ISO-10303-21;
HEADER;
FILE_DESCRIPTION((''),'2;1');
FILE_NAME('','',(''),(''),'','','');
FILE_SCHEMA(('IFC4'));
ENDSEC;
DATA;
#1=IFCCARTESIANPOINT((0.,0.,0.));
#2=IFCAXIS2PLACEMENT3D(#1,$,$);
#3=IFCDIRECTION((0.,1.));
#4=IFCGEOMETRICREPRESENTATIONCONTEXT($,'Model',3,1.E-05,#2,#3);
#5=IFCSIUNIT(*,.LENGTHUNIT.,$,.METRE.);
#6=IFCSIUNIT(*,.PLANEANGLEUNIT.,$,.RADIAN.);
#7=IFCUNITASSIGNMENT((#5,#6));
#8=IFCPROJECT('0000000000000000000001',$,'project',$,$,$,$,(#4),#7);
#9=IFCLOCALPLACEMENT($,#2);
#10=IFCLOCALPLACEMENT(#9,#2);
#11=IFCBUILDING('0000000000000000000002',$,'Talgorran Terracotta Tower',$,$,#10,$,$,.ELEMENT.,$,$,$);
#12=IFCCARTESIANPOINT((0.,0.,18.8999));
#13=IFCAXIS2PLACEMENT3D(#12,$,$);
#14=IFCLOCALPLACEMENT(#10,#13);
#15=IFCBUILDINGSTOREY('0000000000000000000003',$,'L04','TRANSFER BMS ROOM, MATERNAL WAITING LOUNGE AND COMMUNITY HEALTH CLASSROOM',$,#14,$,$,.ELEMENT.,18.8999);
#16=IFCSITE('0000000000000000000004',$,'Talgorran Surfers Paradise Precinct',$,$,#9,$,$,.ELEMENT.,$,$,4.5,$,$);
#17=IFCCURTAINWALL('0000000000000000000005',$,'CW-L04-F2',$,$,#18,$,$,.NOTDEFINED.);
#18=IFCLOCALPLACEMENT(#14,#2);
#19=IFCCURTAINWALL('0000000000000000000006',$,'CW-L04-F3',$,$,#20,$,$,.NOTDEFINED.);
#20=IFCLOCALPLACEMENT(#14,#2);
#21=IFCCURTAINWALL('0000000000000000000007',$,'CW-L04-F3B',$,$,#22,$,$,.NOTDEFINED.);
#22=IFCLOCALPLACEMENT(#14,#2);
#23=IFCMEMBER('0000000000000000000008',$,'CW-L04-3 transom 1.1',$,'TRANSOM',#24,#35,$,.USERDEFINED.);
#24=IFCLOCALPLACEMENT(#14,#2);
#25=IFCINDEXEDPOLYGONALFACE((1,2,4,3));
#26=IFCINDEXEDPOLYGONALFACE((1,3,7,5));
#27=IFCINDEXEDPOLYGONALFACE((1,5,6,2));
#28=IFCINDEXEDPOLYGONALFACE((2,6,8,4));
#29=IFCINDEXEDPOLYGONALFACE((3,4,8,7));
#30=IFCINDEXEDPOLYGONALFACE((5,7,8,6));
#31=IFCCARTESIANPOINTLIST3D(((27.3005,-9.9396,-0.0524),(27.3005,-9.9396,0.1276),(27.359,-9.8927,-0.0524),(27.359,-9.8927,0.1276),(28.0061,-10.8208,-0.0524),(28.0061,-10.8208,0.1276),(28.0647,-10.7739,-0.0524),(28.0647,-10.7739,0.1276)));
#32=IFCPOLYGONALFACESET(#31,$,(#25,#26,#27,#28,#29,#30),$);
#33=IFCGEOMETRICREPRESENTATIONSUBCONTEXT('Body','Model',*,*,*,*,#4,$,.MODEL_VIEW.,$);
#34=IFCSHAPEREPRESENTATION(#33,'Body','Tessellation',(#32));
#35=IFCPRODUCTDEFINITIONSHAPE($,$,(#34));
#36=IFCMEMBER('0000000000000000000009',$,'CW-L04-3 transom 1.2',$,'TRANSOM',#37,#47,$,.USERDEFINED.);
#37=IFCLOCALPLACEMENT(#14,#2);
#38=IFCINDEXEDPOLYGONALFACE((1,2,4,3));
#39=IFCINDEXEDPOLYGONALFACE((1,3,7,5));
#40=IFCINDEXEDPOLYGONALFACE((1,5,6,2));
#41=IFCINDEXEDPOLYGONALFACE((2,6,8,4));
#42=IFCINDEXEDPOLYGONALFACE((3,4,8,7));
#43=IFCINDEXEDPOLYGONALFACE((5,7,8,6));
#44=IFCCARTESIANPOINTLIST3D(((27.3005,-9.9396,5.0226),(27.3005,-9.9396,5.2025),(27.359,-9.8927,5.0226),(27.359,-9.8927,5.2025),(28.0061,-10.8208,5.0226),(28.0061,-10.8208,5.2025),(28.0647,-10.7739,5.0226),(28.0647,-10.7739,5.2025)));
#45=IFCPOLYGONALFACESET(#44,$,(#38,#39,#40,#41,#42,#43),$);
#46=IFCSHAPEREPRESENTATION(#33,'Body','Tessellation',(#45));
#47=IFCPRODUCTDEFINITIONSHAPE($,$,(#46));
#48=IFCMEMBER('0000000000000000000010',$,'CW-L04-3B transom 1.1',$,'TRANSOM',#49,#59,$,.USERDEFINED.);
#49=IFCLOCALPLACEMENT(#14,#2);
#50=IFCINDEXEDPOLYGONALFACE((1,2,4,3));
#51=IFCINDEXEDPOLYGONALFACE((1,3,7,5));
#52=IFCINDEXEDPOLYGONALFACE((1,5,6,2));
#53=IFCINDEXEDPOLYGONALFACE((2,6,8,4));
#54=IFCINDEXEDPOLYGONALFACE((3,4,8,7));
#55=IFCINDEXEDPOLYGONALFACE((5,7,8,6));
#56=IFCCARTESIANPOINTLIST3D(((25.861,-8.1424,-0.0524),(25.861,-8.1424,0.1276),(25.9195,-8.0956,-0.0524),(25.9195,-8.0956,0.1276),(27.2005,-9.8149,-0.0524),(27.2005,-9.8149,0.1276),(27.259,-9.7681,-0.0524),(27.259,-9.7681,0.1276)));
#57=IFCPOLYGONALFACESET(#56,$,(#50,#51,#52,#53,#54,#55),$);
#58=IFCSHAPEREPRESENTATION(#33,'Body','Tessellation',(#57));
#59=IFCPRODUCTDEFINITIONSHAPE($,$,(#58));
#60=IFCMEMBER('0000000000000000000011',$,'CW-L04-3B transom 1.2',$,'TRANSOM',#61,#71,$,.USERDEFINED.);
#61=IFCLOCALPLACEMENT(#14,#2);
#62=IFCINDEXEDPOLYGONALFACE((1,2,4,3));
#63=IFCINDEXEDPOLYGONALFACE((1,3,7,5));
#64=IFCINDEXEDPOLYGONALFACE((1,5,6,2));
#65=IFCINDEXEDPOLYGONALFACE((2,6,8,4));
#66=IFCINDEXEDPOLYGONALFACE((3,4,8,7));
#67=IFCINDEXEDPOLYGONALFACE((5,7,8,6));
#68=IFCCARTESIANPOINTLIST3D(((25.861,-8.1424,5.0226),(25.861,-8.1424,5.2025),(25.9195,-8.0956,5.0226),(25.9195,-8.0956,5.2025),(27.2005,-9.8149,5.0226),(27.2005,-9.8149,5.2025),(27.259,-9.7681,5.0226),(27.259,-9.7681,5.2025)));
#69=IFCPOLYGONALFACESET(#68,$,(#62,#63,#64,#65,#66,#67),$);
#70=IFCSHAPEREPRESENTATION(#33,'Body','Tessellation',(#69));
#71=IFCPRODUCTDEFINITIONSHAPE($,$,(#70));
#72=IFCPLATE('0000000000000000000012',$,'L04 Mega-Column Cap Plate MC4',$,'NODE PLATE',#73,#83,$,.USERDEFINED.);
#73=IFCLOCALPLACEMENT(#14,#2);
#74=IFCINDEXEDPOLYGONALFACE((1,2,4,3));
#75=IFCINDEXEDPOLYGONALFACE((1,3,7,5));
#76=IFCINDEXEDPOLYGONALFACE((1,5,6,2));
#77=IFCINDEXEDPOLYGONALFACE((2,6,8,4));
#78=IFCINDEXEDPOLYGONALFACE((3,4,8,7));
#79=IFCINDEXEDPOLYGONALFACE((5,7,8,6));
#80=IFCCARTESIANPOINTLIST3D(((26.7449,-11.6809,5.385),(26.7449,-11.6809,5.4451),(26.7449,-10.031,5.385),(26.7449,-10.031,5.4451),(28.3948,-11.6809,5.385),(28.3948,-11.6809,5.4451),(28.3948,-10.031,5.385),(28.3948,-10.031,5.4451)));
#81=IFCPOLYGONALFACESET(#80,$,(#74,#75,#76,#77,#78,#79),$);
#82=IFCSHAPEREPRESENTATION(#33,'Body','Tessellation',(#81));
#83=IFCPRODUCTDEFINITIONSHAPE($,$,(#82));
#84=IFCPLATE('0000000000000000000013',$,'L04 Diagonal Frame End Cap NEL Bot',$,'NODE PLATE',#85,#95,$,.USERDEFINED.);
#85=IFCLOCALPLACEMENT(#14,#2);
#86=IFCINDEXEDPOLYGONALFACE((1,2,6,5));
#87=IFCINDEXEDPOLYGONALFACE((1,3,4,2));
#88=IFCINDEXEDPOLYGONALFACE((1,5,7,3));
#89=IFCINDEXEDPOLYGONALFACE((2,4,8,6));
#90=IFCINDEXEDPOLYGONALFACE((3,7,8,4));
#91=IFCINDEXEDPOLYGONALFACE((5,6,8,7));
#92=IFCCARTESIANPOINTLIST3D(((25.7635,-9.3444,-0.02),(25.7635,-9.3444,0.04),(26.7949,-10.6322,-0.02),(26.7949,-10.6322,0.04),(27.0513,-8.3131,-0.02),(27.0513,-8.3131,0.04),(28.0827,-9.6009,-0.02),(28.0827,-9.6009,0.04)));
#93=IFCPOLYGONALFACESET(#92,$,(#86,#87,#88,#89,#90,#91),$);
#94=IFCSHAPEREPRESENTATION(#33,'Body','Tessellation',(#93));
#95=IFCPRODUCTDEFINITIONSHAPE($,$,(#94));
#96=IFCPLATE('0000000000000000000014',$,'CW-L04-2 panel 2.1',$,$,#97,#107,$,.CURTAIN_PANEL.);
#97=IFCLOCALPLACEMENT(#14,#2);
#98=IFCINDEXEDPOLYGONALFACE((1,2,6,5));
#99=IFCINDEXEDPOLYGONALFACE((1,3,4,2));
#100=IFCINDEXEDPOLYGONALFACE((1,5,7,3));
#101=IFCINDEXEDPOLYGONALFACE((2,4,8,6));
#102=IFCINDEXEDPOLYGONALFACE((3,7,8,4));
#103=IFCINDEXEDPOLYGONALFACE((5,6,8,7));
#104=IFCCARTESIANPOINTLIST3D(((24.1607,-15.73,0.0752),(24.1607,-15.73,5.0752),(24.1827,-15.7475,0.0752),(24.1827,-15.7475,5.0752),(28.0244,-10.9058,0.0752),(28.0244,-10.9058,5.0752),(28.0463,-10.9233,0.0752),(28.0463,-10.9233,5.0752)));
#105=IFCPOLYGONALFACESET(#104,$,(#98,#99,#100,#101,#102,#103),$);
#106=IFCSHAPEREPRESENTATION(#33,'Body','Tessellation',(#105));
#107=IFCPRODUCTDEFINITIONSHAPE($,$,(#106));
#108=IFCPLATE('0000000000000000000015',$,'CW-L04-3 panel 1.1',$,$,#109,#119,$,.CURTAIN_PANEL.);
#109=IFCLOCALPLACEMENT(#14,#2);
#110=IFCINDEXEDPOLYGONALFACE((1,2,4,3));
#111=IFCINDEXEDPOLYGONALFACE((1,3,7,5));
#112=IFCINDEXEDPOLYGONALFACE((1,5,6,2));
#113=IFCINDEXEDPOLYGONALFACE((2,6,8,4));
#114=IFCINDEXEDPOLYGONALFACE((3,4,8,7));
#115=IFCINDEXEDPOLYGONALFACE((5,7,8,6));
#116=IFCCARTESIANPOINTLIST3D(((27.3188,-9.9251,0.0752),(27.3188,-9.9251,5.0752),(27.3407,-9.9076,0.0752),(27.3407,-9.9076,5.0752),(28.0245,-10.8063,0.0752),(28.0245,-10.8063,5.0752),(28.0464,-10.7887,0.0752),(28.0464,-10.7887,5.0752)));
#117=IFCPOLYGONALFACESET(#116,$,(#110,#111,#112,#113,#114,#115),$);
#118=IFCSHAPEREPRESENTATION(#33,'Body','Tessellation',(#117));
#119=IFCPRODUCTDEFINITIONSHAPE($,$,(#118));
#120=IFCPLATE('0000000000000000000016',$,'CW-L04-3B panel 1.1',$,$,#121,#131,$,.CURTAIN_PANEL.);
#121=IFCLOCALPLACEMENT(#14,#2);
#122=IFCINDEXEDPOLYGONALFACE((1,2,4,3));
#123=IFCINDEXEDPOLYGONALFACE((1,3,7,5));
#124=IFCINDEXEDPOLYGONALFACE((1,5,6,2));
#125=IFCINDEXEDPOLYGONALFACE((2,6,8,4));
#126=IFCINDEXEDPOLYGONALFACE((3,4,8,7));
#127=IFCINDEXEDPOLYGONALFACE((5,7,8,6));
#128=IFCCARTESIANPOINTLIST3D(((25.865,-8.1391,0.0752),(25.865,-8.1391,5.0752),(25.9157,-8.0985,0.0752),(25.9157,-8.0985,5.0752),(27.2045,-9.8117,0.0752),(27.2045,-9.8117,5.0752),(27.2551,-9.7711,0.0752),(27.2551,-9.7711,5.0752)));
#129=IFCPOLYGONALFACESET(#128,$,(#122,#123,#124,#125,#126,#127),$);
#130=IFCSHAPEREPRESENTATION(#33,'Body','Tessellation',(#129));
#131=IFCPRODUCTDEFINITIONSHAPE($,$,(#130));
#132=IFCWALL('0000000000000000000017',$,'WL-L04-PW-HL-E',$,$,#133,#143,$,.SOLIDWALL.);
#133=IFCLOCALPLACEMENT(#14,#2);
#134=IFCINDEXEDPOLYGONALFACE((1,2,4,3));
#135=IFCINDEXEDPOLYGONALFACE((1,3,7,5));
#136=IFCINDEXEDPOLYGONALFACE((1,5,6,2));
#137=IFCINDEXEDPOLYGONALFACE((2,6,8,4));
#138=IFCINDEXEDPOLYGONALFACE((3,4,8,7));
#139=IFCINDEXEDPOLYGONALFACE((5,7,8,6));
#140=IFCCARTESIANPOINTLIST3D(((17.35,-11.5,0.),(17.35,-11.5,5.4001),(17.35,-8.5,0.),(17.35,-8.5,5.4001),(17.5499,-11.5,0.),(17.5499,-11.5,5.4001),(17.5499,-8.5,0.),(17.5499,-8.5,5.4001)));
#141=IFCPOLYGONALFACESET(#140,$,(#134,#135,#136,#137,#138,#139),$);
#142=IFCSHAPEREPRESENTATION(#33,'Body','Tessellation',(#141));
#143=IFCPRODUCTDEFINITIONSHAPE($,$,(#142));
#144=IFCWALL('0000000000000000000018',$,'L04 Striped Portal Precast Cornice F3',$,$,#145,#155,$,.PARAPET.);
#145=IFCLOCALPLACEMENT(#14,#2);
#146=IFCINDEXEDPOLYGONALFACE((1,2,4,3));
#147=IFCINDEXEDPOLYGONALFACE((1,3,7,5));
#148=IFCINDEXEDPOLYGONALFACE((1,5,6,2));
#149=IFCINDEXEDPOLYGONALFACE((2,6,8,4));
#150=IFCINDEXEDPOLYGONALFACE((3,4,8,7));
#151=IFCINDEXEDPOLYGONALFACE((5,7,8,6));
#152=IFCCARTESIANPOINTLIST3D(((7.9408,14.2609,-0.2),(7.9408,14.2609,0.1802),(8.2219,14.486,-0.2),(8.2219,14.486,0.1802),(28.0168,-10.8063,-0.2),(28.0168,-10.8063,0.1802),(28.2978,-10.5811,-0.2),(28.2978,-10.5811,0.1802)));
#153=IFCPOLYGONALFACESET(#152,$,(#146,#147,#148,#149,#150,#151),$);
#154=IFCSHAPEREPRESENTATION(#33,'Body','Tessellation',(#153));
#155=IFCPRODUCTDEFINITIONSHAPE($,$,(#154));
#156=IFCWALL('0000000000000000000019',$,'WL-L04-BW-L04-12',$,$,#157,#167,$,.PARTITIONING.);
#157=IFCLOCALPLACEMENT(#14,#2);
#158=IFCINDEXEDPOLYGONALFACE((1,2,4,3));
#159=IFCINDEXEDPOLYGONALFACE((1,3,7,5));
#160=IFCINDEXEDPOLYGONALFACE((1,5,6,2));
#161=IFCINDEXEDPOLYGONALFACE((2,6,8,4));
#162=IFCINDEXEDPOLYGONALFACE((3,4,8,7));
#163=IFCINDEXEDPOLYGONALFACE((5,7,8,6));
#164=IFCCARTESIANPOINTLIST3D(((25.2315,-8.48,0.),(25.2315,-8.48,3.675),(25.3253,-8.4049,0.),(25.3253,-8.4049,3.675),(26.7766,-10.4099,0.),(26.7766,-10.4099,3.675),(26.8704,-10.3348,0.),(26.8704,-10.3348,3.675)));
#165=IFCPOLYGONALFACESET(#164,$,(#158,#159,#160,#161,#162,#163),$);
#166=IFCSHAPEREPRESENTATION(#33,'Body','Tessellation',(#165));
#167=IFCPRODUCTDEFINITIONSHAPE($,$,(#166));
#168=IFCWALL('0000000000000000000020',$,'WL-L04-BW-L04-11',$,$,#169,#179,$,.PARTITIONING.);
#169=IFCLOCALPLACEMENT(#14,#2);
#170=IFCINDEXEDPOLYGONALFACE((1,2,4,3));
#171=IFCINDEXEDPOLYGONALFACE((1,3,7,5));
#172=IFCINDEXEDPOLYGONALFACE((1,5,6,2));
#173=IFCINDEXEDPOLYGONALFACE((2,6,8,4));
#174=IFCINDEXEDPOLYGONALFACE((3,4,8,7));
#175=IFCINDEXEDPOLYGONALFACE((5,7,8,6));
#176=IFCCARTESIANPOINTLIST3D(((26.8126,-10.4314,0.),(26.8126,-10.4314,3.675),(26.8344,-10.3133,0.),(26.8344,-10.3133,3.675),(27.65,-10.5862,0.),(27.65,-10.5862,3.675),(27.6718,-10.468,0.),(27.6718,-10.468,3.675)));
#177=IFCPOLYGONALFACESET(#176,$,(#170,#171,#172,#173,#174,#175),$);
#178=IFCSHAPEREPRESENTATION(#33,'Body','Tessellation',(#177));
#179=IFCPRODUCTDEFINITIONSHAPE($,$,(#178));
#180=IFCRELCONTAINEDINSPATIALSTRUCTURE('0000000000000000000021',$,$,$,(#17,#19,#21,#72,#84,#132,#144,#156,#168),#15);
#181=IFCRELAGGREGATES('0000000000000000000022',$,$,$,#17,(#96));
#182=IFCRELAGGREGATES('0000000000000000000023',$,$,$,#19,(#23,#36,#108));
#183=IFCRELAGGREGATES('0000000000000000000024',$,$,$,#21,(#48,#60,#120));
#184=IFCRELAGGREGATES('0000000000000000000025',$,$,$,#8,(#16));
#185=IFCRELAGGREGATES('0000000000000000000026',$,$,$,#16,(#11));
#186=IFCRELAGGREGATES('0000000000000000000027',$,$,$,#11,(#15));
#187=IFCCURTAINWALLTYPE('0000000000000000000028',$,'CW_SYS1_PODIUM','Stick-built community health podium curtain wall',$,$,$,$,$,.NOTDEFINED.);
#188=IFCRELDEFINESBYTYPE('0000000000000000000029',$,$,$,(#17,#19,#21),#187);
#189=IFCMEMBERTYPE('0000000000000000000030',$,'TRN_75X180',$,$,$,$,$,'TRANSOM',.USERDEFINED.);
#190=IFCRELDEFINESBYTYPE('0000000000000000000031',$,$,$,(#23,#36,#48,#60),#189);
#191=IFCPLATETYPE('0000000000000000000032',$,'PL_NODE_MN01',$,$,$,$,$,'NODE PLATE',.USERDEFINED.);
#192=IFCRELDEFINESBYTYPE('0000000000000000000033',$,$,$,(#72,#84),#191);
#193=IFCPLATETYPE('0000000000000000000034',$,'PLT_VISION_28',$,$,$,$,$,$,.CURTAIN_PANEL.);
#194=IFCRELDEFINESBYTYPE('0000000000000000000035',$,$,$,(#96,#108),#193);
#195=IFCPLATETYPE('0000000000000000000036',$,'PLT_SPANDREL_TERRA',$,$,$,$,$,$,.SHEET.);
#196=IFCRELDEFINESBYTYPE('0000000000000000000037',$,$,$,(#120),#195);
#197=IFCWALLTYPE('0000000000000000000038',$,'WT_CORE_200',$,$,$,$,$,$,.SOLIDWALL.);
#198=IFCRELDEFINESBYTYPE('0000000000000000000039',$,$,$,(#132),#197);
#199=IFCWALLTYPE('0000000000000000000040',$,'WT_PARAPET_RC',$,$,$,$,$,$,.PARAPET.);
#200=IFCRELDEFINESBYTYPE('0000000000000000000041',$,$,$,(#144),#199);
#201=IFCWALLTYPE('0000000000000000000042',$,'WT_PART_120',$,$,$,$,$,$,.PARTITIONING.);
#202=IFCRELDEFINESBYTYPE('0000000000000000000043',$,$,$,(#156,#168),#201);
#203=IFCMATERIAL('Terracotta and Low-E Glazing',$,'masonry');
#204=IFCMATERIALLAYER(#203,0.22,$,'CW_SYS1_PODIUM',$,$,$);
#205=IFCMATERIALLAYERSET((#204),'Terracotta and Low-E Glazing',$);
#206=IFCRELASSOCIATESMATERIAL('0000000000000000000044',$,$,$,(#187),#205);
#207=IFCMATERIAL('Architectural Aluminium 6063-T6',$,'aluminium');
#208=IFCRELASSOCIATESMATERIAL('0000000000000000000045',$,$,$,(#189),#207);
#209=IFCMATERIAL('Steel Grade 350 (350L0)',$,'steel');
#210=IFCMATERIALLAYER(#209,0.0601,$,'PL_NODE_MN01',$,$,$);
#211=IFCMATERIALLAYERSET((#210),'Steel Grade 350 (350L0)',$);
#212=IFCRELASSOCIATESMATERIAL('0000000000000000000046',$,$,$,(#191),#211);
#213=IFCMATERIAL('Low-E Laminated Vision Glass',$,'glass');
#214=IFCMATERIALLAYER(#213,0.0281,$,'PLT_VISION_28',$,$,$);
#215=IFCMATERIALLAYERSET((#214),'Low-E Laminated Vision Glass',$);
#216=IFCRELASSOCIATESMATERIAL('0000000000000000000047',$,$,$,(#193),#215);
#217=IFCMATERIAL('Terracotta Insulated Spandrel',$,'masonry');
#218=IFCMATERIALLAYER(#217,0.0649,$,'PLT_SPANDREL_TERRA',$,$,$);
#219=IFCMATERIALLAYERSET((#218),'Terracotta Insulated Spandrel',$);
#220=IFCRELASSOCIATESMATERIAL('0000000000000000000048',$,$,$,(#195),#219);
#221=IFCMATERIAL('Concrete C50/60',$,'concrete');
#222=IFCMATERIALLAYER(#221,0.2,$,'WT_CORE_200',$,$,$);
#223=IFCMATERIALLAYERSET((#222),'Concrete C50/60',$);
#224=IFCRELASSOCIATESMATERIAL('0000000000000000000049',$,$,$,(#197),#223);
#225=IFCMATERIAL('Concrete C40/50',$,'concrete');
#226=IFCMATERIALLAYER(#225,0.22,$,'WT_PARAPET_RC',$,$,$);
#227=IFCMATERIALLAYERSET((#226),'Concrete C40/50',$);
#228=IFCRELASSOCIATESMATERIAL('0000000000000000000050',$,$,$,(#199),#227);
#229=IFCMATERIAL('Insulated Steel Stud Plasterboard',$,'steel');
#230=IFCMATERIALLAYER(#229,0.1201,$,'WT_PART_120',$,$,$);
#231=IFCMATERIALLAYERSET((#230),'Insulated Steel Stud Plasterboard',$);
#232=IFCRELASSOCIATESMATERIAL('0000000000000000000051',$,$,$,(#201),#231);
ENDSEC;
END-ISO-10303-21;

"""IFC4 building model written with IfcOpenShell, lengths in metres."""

from ifc_helpers import new_model, si_unit, direction, frame, frame_2d, origin, origin_2d, place, context, subcontext, project, spatial, rectangle, extrude, source, transform, mapped, material, layer, layer_set, material_profile, profile_set, type_object, type_shapes, element, aggregate, save


model = new_model("IFC4")

# Units and contexts
model_context = context("Model", 3, precision=1e-05, world=origin(), true_north=direction((0.0, 1.0)))
body_context = subcontext(model_context, "Body", "Model", "MODEL_VIEW")
ifc_project = project(units=[si_unit("LENGTHUNIT", "METRE"), si_unit("PLANEANGLEUNIT", "RADIAN")], contexts=[model_context])

# Site, building, storey
site_placement = place(None, origin())
site = spatial("IfcSite", under=ifc_project, at=site_placement, Name="Talgorran Surfers Paradise Precinct", CompositionType="ELEMENT", RefElevation=4.5)
building_placement = place(site_placement, origin())
building = spatial("IfcBuilding", under=site, at=building_placement, Name="Talgorran Terracotta Tower", CompositionType="ELEMENT")
storey_placement = place(building_placement, frame((0.0, 0.0, 18.8999)))
storey = spatial("IfcBuildingStorey", under=building, at=storey_placement, Name="L04", Description="TRANSFER BMS ROOM, MATERNAL WAITING LOUNGE AND COMMUNITY HEALTH CLASSROOM", CompositionType="ELEMENT", Elevation=18.8999)

# Shared definitions
ifc_material_1 = material(Name="Steel Grade 350 (350L0)", Category="steel")

# Curtain wall
ifc_material_2 = material(Name="Terracotta and Low-E Glazing", Category="masonry")
ifc_layer_1 = layer(ifc_material_2, 0.22, Name="CW_SYS1_PODIUM")
ifc_layer_set_1 = layer_set([ifc_layer_1], Name="Terracotta and Low-E Glazing")
curtain_wall_type = type_object("IfcCurtainWallType", Name="CW_SYS1_PODIUM", Description="Stick-built community health podium curtain wall", PredefinedType="NOTDEFINED", material=ifc_layer_set_1)
curtain_wall_1_placement = place(storey_placement, origin())
curtain_wall_1 = element("IfcCurtainWall", 1, at=curtain_wall_1_placement, inside=storey, type_object=curtain_wall_type, Name="CW-L04-F2", PredefinedType="NOTDEFINED")
ifc_material_3 = material(Name="Architectural Aluminium 6063-T6", Category="aluminium")

# Curtain wall
curtain_wall_2_placement = place(storey_placement, origin())
curtain_wall_2 = element("IfcCurtainWall", 2, at=curtain_wall_2_placement, inside=storey, type_object=curtain_wall_type, Name="CW-L04-F3", PredefinedType="NOTDEFINED")

# Curtain wall
curtain_wall_3_placement = place(storey_placement, origin())
curtain_wall_3 = element("IfcCurtainWall", 3, at=curtain_wall_3_placement, inside=storey, type_object=curtain_wall_type, Name="CW-L04-F3B", PredefinedType="NOTDEFINED")

# Members
ifc_material_profile_1 = material_profile(ifc_material_3, rectangle(XDim=0.075, YDim=0.1799, at=origin_2d()), Name="CWT75X180")
ifc_profile_set_1 = profile_set([ifc_material_profile_1], Name="Architectural Aluminium 6063-T6")
member_type_1 = type_object("IfcMemberType", Name="TRN_75X180", ElementType="TRANSOM", PredefinedType="USERDEFINED", material=ifc_profile_set_1)
member_1_placement = place(storey_placement, frame((28.0354, -10.7974, 0.0376), z_axis=(-0.625064, 0.780573, 0.0), x_axis=(-0.780573, -0.625064, 0.0)))
member_1 = element("IfcMember", 4, at=member_1_placement, type_object=member_type_1, Name="CW-L04-3 transom 1.1", ObjectType="TRANSOM", PredefinedType="USERDEFINED", context=body_context, shape_type="SweptSolid", body=[
    extrude(rectangle(XDim=0.075, YDim=0.1799, at=origin_2d()), origin(), (0.0, 0.0, 1.0), 1.1289),
])
member_2_placement = place(storey_placement, frame((28.0354, -10.7974, 5.1125), z_axis=(-0.625064, 0.780573, 0.0), x_axis=(-0.780573, -0.625064, 0.0)))
member_2 = element("IfcMember", 5, at=member_2_placement, type_object=member_type_1, Name="CW-L04-3 transom 1.2", ObjectType="TRANSOM", PredefinedType="USERDEFINED", context=body_context, shape_type="SweptSolid", body=[
    extrude(rectangle(XDim=0.075, YDim=0.1799, at=origin_2d()), origin(), (0.0, 0.0, 1.0), 1.1289),
])
member_3_placement = place(storey_placement, frame((27.2297, -9.7915, 0.0376), z_axis=(-0.625126, 0.780524, 0.0), x_axis=(-0.780524, -0.625126, 0.0)))
member_3 = element("IfcMember", 6, at=member_3_placement, type_object=member_type_1, Name="CW-L04-3B transom 1.1", ObjectType="TRANSOM", PredefinedType="USERDEFINED", context=body_context, shape_type="SweptSolid", body=[
    extrude(rectangle(XDim=0.075, YDim=0.1799, at=origin_2d()), origin(), (0.0, 0.0, 1.0), 2.1428),
])
member_4_placement = place(storey_placement, frame((27.2297, -9.7915, 5.1125), z_axis=(-0.625126, 0.780524, 0.0), x_axis=(-0.780524, -0.625126, 0.0)))
member_4 = element("IfcMember", 7, at=member_4_placement, type_object=member_type_1, Name="CW-L04-3B transom 1.2", ObjectType="TRANSOM", PredefinedType="USERDEFINED", context=body_context, shape_type="SweptSolid", body=[
    extrude(rectangle(XDim=0.075, YDim=0.1799, at=origin_2d()), origin(), (0.0, 0.0, 1.0), 2.1428),
])

# Plates
ifc_layer_2 = layer(ifc_material_1, 0.0601, Name="PL_NODE_MN01")
ifc_layer_set_2 = layer_set([ifc_layer_2], Name="Steel Grade 350 (350L0)")
plate_type_1 = type_object("IfcPlateType", Name="PL_NODE_MN01", ElementType="NODE PLATE", PredefinedType="USERDEFINED", material=ifc_layer_set_2)
for number, where, z_axis, x_axis, name in (
    (8, (27.5698, -10.856, 5.385), (0.0, 0.0, 1.0), (1.0, 0.0, 0.0), "L04 Mega-Column Cap Plate MC4"),
    (9, (26.9231, -9.4727, -0.02), (0.0, 0.0, 1.0), (-0.625106, 0.78054, 0.0), "L04 Diagonal Frame End Cap NEL Bot"),
):
    element("IfcPlate", number, at=place(storey_placement, frame(where, z_axis=z_axis, x_axis=x_axis)), inside=storey, type_object=plate_type_1, Name=name, ObjectType="NODE PLATE", PredefinedType="USERDEFINED", context=body_context, shape_type="SweptSolid", body=[
        extrude(rectangle(XDim=1.6499, YDim=1.6499, at=origin_2d()), origin(), (0.0, 0.0, 1.0), 0.0601),
    ])

# Plates
ifc_material_4 = material(Name="Low-E Laminated Vision Glass", Category="glass")
ifc_layer_3 = layer(ifc_material_4, 0.0281, Name="PLT_VISION_28")
ifc_layer_set_3 = layer_set([ifc_layer_3], Name="Low-E Laminated Vision Glass")
plate_type_2 = type_object("IfcPlateType", Name="PLT_VISION_28", PredefinedType="CURTAIN_PANEL", material=ifc_layer_set_3)
shared_shape_1 = source(origin(), body_context, "Body", "SweptSolid", [
    extrude(rectangle(XDim=6.1807, YDim=0.0281, at=origin_2d()), origin(), (0.0, 0.0, 1.0), 5.0),
])
plate_1_placement = place(storey_placement, frame((26.1035, -13.3267, 0.0752), z_axis=(0.0, 0.0, 1.0), x_axis=(0.625116, 0.780532, 0.0)))
plate_1 = element("IfcPlate", 10, at=plate_1_placement, type_object=plate_type_2, Name="CW-L04-2 panel 2.1", PredefinedType="CURTAIN_PANEL", context=body_context, shape_type="MappedRepresentation", body=[
    mapped(shared_shape_1, transform((0.0, 0.0, 0.0), scale=1.0)),
])
aggregate(curtain_wall_1, [plate_1])
shared_shape_2 = source(origin(), body_context, "Body", "SweptSolid", [
    extrude(rectangle(XDim=1.1289, YDim=0.0281, at=origin_2d()), origin(), (0.0, 0.0, 1.0), 5.0),
])
type_shapes(plate_type_2, [shared_shape_1, shared_shape_2])
plate_2_placement = place(storey_placement, frame((27.6826, -10.3569, 0.0752), z_axis=(0.0, 0.0, 1.0), x_axis=(-0.625095, 0.780548, 0.0)))
plate_2 = element("IfcPlate", 11, at=plate_2_placement, type_object=plate_type_2, Name="CW-L04-3 panel 1.1", PredefinedType="CURTAIN_PANEL", context=body_context, shape_type="MappedRepresentation", body=[
    mapped(shared_shape_2, transform((0.0, 0.0, 0.0), scale=1.0)),
])
aggregate(curtain_wall_2, [member_1, member_2, plate_2])
ifc_material_5 = material(Name="Terracotta Insulated Spandrel", Category="masonry")
ifc_layer_4 = layer(ifc_material_5, 0.0649, Name="PLT_SPANDREL_TERRA")
ifc_layer_set_4 = layer_set([ifc_layer_4], Name="Terracotta Insulated Spandrel")
plate_type_3 = type_object("IfcPlateType", Name="PLT_SPANDREL_TERRA", PredefinedType="SHEET", material=ifc_layer_set_4)
shared_shape_3 = source(origin(), body_context, "Body", "SweptSolid", [
    extrude(rectangle(XDim=2.1428, YDim=0.0649, at=origin_2d()), origin(), (0.0, 0.0, 1.0), 5.0),
])
type_shapes(plate_type_3, [shared_shape_3])
plate_3_placement = place(storey_placement, frame((26.5601, -8.9551, 0.0752), z_axis=(0.0, 0.0, 1.0), x_axis=(-0.625104, 0.780541, 0.0)))
plate_3 = element("IfcPlate", 12, at=plate_3_placement, type_object=plate_type_3, Name="CW-L04-3B panel 1.1", PredefinedType="CURTAIN_PANEL", context=body_context, shape_type="MappedRepresentation", body=[
    mapped(shared_shape_3, transform((0.0, 0.0, 0.0), scale=1.0)),
])
aggregate(curtain_wall_3, [member_3, member_4, plate_3])

# Walls
ifc_material_6 = material(Name="Concrete C50/60", Category="concrete")
ifc_layer_5 = layer(ifc_material_6, 0.2, Name="WT_CORE_200")
ifc_layer_set_5 = layer_set([ifc_layer_5], Name="Concrete C50/60")
wall_type_1 = type_object("IfcWallType", Name="WT_CORE_200", PredefinedType="SOLIDWALL", material=ifc_layer_set_5)
wall_1_placement = place(storey_placement, frame((17.45, -11.5, 0.0), z_axis=(0.0, 0.0, 1.0), x_axis=(0.0, 1.0, 0.0)))
element("IfcWall", 13, at=wall_1_placement, inside=storey, type_object=wall_type_1, Name="WL-L04-PW-HL-E", PredefinedType="SOLIDWALL", context=body_context, shape_type="SweptSolid", body=[
    extrude(rectangle(XDim=3.0, YDim=0.2, at=frame_2d((1.5, 0.0))), origin(), (0.0, 0.0, 1.0), 5.4001),
])
ifc_material_7 = material(Name="Concrete C40/50", Category="concrete")
ifc_layer_6 = layer(ifc_material_7, 0.22, Name="WT_PARAPET_RC")
ifc_layer_set_6 = layer_set([ifc_layer_6], Name="Concrete C40/50")
wall_type_2 = type_object("IfcWallType", Name="WT_PARAPET_RC", PredefinedType="PARAPET", material=ifc_layer_set_6)
wall_2_placement = place(storey_placement, frame((28.1572, -10.6936, -0.2), z_axis=(0.0, 0.0, 1.0), x_axis=(-0.625117, 0.780531, 0.0)))
element("IfcWall", 14, at=wall_2_placement, inside=storey, type_object=wall_type_2, Name="L04 Striped Portal Precast Cornice F3", PredefinedType="PARAPET", context=body_context, shape_type="SweptSolid", body=[
    extrude(rectangle(XDim=32.1155, YDim=0.3601, at=frame_2d((16.0576, 0.0))), origin(), (0.0, 0.0, 1.0), 0.3801),
])
ifc_material_8 = material(Name="Insulated Steel Stud Plasterboard", Category="steel")
ifc_layer_7 = layer(ifc_material_8, 0.1201, Name="WT_PART_120")
ifc_layer_set_7 = layer_set([ifc_layer_7], Name="Insulated Steel Stud Plasterboard")
wall_type_3 = type_object("IfcWallType", Name="WT_PART_120", PredefinedType="PARTITIONING", material=ifc_layer_set_7)
wall_3_placement = place(storey_placement, frame((26.8235, -10.3723, 0.0), z_axis=(0.0, 0.0, 1.0), x_axis=(-0.624996, 0.780628, 0.0)))
element("IfcWall", 15, at=wall_3_placement, inside=storey, type_object=wall_type_3, Name="WL-L04-BW-L04-12", PredefinedType="PARTITIONING", context=body_context, shape_type="SweptSolid", body=[
    extrude(rectangle(XDim=2.4722, YDim=0.1201, at=frame_2d((1.2361, 0.0))), origin(), (0.0, 0.0, 1.0), 3.675),
])
wall_4_placement = place(storey_placement, frame((27.6609, -10.5271, 0.0), z_axis=(0.0, 0.0, 1.0), x_axis=(-0.983343, 0.181761, 0.0)))
element("IfcWall", 16, at=wall_4_placement, inside=storey, type_object=wall_type_3, Name="WL-L04-BW-L04-11", PredefinedType="PARTITIONING", context=body_context, shape_type="SweptSolid", body=[
    extrude(rectangle(XDim=0.8516, YDim=0.1201, at=frame_2d((0.4258, 0.0))), origin(), (0.0, 0.0, 1.0), 3.675),
])

save(model, "model.ifc")
